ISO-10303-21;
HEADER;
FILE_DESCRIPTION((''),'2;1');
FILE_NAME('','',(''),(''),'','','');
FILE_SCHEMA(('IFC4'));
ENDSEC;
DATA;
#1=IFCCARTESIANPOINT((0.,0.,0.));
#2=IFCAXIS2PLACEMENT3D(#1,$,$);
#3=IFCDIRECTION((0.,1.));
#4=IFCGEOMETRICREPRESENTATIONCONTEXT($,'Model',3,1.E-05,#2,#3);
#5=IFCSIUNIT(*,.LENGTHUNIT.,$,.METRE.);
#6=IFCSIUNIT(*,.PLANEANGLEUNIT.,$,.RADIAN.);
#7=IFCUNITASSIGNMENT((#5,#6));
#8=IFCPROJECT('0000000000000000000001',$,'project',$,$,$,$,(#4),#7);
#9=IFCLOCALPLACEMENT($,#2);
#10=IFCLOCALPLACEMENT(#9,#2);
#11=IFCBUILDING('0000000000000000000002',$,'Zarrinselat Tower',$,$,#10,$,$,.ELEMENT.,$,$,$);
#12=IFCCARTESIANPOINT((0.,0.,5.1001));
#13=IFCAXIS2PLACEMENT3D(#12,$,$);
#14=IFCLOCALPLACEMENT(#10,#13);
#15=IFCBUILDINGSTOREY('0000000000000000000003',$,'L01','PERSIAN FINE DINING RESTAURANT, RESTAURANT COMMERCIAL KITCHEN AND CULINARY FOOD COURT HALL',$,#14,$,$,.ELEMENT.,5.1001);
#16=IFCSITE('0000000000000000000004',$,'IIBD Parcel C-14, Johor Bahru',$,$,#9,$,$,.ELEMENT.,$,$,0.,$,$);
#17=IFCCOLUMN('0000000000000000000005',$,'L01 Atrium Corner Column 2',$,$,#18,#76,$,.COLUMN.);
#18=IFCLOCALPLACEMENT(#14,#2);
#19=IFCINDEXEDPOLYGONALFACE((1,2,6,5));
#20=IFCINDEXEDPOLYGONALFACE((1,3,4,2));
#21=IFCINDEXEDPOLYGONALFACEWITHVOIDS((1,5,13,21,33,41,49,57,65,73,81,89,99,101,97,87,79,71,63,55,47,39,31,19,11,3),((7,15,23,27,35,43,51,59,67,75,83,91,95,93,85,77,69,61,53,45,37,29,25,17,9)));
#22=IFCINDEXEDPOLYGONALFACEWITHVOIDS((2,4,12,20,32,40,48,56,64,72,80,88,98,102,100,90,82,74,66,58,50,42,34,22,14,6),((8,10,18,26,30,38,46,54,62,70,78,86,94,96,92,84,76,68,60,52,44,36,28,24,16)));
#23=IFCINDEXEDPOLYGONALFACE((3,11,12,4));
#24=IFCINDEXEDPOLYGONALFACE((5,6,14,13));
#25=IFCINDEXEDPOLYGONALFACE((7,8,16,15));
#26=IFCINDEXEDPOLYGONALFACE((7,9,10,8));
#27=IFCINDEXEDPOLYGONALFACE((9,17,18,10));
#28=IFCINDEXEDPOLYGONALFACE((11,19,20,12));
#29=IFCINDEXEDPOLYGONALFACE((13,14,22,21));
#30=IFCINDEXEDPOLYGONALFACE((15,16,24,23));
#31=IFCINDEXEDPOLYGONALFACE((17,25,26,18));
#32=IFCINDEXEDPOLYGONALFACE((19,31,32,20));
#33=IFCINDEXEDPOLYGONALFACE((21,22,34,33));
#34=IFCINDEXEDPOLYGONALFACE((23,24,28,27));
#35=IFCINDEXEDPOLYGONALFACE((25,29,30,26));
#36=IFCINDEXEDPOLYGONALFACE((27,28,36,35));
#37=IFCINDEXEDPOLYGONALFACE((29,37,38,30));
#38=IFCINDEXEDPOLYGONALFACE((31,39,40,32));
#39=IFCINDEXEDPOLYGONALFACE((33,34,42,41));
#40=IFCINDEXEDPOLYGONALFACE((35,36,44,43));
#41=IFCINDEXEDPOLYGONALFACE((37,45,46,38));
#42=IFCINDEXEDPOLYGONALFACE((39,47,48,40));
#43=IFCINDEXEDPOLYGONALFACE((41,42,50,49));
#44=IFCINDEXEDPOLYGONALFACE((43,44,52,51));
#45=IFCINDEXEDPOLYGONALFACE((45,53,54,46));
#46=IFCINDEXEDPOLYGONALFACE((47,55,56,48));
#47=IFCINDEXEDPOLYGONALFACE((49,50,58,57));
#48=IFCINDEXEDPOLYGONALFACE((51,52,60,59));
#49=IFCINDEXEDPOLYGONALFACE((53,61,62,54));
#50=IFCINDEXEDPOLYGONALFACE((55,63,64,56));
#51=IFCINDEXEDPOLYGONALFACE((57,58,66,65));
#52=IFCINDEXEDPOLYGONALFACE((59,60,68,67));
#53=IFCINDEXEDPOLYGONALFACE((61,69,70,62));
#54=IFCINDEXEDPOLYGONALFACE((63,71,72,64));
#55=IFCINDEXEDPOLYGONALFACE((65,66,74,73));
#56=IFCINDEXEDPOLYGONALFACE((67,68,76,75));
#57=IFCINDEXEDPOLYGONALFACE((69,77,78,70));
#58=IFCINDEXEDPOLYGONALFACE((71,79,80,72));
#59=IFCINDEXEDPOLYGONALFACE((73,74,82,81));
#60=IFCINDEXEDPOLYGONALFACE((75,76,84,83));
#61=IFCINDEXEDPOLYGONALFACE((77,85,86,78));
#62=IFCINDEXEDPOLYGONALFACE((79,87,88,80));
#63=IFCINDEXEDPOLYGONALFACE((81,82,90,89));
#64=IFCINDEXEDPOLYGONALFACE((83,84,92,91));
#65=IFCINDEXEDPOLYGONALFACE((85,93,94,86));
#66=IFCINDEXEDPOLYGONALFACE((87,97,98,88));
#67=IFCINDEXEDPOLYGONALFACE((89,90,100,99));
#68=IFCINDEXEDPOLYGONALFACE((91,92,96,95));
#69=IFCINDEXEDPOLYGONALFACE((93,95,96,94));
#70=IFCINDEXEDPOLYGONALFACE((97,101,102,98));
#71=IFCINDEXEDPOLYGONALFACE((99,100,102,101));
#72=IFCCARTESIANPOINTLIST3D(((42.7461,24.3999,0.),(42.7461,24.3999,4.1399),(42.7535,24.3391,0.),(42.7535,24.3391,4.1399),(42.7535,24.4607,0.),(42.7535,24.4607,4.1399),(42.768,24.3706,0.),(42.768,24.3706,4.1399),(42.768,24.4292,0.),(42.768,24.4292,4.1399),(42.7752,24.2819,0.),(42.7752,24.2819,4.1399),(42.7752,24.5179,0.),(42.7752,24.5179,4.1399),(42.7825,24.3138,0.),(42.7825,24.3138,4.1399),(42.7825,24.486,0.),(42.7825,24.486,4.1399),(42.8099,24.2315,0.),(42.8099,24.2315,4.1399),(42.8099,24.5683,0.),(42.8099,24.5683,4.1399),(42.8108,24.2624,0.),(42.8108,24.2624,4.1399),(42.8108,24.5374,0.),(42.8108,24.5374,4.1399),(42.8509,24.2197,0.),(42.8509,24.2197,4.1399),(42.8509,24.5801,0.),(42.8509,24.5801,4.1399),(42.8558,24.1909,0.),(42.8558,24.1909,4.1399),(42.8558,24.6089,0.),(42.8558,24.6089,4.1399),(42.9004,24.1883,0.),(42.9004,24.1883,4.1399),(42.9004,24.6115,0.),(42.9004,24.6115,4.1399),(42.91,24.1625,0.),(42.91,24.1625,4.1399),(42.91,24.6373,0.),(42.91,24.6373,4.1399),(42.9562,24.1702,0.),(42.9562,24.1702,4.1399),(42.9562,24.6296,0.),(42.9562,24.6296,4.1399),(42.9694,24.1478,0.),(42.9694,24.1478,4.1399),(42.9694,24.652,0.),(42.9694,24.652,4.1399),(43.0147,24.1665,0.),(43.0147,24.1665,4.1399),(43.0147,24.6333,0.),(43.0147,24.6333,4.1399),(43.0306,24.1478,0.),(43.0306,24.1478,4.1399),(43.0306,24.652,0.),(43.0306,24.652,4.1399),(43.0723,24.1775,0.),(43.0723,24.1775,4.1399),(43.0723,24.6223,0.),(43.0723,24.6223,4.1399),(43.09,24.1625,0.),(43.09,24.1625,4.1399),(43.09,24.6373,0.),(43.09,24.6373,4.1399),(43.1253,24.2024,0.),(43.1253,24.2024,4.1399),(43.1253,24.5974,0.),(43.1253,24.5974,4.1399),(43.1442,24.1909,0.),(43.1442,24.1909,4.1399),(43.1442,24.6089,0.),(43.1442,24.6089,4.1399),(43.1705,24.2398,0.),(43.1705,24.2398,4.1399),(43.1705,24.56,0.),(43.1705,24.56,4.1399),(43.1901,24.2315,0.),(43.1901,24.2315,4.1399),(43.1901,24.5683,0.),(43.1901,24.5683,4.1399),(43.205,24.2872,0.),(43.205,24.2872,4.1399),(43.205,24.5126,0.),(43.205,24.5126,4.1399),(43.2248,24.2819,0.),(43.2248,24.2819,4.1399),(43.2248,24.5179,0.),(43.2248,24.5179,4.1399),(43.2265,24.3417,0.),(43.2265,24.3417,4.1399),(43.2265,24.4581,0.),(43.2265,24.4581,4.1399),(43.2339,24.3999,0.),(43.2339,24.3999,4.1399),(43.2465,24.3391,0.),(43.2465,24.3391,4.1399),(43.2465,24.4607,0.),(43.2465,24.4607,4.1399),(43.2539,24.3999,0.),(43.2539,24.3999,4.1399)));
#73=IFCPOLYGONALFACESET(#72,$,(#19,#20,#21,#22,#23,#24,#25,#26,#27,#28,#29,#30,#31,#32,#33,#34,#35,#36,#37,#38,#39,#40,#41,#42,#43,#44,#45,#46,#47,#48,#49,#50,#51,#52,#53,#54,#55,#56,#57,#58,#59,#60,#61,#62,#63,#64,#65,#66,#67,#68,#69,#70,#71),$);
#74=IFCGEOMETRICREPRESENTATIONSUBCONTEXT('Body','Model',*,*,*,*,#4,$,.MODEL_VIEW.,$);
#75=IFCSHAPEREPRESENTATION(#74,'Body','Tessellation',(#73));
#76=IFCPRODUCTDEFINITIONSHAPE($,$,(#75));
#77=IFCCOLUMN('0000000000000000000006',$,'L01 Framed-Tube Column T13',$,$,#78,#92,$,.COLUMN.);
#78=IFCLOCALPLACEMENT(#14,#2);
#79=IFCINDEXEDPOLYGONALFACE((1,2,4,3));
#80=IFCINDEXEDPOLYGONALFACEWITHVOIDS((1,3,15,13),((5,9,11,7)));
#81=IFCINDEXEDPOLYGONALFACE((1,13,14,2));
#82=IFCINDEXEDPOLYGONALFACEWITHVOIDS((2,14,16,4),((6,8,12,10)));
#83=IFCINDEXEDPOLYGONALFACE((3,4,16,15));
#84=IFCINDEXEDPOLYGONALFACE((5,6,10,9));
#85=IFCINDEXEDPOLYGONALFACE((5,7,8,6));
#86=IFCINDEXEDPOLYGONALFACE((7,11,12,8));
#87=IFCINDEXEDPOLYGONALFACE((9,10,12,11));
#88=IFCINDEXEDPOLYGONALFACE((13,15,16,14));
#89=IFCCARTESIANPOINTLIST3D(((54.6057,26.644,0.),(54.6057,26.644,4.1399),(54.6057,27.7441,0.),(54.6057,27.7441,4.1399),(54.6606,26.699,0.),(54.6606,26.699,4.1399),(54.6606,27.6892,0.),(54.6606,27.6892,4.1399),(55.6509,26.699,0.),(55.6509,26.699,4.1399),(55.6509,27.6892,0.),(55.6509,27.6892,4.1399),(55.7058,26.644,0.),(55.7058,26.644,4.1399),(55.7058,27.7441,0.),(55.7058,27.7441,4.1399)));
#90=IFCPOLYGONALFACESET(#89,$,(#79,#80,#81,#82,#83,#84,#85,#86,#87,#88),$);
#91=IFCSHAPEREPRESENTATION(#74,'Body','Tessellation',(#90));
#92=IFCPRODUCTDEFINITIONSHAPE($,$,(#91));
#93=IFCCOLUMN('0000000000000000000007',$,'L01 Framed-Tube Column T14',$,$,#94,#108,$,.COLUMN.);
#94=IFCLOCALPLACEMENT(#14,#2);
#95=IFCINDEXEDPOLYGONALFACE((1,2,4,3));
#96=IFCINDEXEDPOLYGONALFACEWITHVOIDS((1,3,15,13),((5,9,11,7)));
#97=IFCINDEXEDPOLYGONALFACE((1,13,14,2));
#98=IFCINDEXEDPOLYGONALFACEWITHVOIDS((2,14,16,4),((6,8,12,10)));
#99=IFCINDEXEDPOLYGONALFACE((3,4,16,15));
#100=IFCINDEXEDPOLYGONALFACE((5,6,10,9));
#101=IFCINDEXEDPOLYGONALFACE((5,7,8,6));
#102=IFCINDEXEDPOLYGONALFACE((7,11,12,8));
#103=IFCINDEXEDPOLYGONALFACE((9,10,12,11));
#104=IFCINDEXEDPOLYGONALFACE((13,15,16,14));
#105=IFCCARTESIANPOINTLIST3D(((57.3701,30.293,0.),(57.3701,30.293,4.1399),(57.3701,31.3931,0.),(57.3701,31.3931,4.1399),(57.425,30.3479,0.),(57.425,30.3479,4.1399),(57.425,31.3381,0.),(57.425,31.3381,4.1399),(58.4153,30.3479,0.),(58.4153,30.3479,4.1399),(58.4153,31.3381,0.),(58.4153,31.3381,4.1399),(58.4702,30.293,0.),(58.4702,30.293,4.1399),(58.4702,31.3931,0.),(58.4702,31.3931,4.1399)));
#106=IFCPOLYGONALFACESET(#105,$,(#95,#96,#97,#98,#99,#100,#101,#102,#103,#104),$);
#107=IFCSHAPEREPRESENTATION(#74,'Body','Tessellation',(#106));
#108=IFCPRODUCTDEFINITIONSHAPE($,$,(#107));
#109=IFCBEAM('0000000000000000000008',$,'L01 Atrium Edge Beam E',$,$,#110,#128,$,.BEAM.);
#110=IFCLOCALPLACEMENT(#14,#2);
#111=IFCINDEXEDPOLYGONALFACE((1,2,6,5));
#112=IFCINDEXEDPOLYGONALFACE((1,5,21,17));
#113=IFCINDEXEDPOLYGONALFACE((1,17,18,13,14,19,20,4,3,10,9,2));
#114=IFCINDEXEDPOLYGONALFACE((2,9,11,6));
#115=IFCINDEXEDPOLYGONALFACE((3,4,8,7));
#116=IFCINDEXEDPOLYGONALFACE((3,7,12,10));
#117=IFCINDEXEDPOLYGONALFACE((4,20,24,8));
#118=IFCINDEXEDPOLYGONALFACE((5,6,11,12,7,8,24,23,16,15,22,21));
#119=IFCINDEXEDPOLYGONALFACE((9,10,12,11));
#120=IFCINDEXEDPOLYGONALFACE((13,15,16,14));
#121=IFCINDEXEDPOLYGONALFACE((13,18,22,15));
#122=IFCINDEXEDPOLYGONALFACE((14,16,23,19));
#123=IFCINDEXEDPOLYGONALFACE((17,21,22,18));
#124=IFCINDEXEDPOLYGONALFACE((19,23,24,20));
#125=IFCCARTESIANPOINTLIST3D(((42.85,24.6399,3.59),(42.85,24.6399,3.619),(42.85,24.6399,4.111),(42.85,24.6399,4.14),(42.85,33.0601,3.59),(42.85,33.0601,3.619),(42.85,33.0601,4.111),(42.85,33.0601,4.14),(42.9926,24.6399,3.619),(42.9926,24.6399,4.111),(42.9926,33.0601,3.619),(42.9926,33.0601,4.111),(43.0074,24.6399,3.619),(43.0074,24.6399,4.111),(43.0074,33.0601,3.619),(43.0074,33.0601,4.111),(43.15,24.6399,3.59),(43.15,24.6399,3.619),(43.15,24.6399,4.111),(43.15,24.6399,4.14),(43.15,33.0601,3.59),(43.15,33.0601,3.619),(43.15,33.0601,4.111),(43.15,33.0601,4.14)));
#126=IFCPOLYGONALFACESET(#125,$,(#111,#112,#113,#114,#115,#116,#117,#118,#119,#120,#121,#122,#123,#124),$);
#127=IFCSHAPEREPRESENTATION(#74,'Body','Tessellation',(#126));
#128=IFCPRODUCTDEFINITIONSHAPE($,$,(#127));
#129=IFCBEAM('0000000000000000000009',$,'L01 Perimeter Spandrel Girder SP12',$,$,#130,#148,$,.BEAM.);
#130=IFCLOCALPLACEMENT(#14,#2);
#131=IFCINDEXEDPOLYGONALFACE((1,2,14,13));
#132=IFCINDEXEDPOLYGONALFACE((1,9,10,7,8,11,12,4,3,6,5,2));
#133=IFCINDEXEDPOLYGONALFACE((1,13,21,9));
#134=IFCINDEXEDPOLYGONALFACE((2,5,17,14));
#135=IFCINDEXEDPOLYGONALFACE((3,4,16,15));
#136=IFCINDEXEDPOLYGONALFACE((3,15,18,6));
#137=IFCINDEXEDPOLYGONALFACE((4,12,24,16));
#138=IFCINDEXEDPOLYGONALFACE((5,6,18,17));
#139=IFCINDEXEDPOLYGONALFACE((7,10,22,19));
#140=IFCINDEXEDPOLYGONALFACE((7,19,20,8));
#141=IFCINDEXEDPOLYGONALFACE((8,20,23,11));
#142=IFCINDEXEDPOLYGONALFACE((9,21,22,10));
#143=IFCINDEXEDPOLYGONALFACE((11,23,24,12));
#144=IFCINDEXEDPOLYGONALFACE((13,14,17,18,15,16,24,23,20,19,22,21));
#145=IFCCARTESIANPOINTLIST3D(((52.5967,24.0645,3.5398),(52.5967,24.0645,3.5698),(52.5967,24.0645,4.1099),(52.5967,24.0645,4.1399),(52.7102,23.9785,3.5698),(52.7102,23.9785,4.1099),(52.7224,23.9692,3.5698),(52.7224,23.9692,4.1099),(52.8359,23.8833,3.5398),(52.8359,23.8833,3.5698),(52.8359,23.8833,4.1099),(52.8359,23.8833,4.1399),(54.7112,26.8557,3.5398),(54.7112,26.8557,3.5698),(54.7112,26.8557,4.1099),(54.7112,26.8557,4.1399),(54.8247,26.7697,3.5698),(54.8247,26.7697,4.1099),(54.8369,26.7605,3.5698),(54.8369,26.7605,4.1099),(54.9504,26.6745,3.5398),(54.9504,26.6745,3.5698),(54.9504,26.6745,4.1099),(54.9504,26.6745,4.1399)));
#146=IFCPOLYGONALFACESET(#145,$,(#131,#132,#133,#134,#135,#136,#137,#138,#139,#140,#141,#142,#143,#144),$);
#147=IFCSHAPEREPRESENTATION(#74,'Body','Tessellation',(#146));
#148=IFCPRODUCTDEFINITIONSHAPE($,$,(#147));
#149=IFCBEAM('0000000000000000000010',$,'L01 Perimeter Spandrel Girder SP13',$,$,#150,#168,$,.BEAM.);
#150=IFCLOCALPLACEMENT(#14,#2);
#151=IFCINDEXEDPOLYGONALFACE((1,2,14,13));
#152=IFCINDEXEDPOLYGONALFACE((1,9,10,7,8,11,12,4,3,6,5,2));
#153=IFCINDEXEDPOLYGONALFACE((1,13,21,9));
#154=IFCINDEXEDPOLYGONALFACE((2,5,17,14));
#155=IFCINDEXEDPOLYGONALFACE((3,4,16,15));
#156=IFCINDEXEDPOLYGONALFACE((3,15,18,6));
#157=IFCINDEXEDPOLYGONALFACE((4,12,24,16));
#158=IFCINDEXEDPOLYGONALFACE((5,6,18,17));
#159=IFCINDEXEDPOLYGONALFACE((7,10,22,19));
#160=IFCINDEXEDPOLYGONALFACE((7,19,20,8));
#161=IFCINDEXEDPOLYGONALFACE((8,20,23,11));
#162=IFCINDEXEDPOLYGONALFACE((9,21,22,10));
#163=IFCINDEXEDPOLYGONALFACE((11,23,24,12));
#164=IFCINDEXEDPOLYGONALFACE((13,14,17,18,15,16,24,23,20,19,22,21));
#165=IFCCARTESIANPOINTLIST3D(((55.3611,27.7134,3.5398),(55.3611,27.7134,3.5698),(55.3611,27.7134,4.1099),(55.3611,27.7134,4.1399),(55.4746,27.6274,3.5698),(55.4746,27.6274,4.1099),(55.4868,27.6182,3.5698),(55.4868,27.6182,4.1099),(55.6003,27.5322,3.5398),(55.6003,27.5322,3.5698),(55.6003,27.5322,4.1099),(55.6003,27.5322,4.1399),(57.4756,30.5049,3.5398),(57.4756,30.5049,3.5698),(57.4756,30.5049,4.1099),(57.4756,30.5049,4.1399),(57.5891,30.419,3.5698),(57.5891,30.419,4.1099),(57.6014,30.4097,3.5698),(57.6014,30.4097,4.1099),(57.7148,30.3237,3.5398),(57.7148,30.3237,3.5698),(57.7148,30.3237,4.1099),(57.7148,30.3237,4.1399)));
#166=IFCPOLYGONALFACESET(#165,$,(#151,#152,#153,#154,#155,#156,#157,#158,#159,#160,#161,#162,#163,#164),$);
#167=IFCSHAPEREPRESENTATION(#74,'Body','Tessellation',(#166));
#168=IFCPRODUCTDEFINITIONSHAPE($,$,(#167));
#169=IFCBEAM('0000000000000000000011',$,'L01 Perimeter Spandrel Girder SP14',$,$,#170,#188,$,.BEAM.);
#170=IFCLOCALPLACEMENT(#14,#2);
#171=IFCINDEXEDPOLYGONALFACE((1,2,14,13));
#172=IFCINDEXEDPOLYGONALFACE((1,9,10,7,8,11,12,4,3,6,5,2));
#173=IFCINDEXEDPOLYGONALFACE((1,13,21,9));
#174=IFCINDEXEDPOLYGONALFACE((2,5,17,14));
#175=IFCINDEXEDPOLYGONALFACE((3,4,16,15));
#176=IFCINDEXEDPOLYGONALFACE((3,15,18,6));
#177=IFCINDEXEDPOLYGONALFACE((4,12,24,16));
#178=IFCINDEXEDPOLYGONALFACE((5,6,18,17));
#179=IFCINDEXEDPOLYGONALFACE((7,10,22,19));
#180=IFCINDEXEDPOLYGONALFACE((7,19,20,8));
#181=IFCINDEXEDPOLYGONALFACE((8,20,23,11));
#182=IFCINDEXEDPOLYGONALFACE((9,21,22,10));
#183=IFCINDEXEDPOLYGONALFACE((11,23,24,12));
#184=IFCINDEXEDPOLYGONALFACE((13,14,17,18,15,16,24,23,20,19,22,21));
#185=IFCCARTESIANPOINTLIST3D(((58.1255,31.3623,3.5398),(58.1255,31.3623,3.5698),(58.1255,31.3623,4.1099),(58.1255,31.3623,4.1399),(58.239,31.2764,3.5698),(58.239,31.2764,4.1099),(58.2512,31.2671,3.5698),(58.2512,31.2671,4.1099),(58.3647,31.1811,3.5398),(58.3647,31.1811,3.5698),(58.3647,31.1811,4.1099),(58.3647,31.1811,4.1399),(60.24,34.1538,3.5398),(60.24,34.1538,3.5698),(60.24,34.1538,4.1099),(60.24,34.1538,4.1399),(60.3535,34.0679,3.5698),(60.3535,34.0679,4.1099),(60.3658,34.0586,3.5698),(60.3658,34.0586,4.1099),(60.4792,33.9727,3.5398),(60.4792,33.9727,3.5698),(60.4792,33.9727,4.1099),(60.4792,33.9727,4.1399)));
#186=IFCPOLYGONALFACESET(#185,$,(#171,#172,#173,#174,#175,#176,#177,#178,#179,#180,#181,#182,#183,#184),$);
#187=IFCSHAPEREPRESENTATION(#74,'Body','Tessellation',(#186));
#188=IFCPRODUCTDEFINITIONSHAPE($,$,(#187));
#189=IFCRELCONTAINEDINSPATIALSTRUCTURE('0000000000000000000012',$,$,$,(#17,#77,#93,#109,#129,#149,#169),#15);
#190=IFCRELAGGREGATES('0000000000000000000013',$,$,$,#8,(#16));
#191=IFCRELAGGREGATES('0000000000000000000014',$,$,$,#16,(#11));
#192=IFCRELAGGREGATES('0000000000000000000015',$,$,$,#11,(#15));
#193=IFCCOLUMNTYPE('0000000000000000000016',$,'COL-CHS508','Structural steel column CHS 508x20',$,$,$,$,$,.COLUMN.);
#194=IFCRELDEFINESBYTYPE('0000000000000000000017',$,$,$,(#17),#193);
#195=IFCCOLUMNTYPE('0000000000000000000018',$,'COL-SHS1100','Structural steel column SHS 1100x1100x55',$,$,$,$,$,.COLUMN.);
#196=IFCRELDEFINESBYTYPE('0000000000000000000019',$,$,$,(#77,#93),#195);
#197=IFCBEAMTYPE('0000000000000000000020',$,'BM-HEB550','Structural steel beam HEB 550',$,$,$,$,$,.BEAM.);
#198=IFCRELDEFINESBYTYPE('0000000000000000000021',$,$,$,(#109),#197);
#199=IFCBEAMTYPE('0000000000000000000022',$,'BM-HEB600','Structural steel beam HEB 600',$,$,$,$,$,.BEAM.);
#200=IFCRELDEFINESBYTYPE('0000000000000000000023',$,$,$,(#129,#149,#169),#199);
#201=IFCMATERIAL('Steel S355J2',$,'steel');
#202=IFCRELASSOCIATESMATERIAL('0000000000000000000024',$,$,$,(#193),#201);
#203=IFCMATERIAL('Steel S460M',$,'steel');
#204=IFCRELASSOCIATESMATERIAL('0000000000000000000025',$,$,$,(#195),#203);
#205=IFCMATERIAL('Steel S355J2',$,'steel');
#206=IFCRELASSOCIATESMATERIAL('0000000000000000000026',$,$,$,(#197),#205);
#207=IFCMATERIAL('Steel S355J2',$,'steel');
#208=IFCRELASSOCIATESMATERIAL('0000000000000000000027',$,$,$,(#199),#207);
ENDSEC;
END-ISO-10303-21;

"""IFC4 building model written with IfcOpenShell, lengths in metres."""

from ifc_helpers import new_model, si_unit, direction, frame, origin, origin_2d, place, context, subcontext, project, spatial, hollow_rectangle, hollow_circle, i_section, extrude, material, material_profile, profile_set, type_object, element, save


model = new_model("IFC4")

# Units and contexts
model_context = context("Model", 3, precision=1e-05, world=origin(), true_north=direction((0.0, 1.0)))
body_context = subcontext(model_context, "Body", "Model", "MODEL_VIEW")
ifc_project = project(units=[si_unit("LENGTHUNIT", "METRE"), si_unit("PLANEANGLEUNIT", "RADIAN")], contexts=[model_context])

# Site, building, storey
site_placement = place(None, origin())
site = spatial("IfcSite", under=ifc_project, at=site_placement, Name="IIBD Parcel C-14, Johor Bahru", CompositionType="ELEMENT", RefElevation=0.0)
building_placement = place(site_placement, origin())
building = spatial("IfcBuilding", under=site, at=building_placement, Name="Zarrinselat Tower", CompositionType="ELEMENT")
storey_placement = place(building_placement, frame((0.0, 0.0, 5.1001)))
storey = spatial("IfcBuildingStorey", under=building, at=storey_placement, Name="L01", Description="PERSIAN FINE DINING RESTAURANT, RESTAURANT COMMERCIAL KITCHEN AND CULINARY FOOD COURT HALL", CompositionType="ELEMENT", Elevation=5.1001)

# Columns
ifc_material_1 = material(Name="Steel S355J2", Category="steel")
ifc_material_profile_1 = material_profile(ifc_material_1, hollow_circle(Radius=0.2539, WallThickness=0.02, at=origin_2d()), Name="CHS 508x20")
ifc_profile_set_1 = profile_set([ifc_material_profile_1], Name="Steel S355J2")
column_type_1 = type_object("IfcColumnType", Name="COL-CHS508", Description="Structural steel column CHS 508x20", PredefinedType="COLUMN", material=ifc_profile_set_1)
column_placement = place(storey_placement, frame((43.0, 24.3999, 0.0), z_axis=(0.0, 0.0, 1.0), x_axis=(1.0, 0.0, 0.0)))
element("IfcColumn", 1, at=column_placement, inside=storey, type_object=column_type_1, Name="L01 Atrium Corner Column 2", PredefinedType="COLUMN", context=body_context, shape_type="SweptSolid", body=[
    extrude(hollow_circle(Radius=0.2539, WallThickness=0.02, at=origin_2d()), origin(), (0.0, 0.0, 1.0), 4.1399),
])
ifc_material_2 = material(Name="Steel S460M", Category="steel")
ifc_material_profile_2 = material_profile(ifc_material_2, hollow_rectangle(XDim=1.1001, YDim=1.1001, WallThickness=0.0549, at=origin_2d()), Name="SHS 1100x1100x55")
ifc_profile_set_2 = profile_set([ifc_material_profile_2], Name="Steel S460M")
column_type_2 = type_object("IfcColumnType", Name="COL-SHS1100", Description="Structural steel column SHS 1100x1100x55", PredefinedType="COLUMN", material=ifc_profile_set_2)
for number, where, z_axis, x_axis, name in (
    (2, (55.1558, 27.1941, 0.0), (0.0, 0.0, 1.0), (1.0, 0.0, 0.0), "L01 Framed-Tube Column T13"),
    (3, (57.9202, 30.843, 0.0), (0.0, 0.0, 1.0), (1.0, 0.0, 0.0), "L01 Framed-Tube Column T14"),
):
    element("IfcColumn", number, at=place(storey_placement, frame(where, z_axis=z_axis, x_axis=x_axis)), inside=storey, type_object=column_type_2, Name=name, PredefinedType="COLUMN", context=body_context, shape_type="SweptSolid", body=[
        extrude(hollow_rectangle(XDim=1.1001, YDim=1.1001, WallThickness=0.0549, at=origin_2d()), origin(), (0.0, 0.0, 1.0), 4.1399),
    ])

# Beams
ifc_material_3 = material(Name="Steel S355J2", Category="steel")
ifc_material_profile_3 = material_profile(ifc_material_3, i_section(OverallWidth=0.3, OverallDepth=0.55, WebThickness=0.0149, FlangeThickness=0.0291, at=origin_2d()), Name="HEB 550")
ifc_profile_set_3 = profile_set([ifc_material_profile_3], Name="Steel S355J2")
beam_type_1 = type_object("IfcBeamType", Name="BM-HEB550", Description="Structural steel beam HEB 550", PredefinedType="BEAM", material=ifc_profile_set_3)
beam_1_placement = place(storey_placement, frame((43.0, 24.6399, 3.865), z_axis=(0.0, 1.0, 0.0), x_axis=(-1.0, 0.0, 0.0)))
element("IfcBeam", 4, at=beam_1_placement, inside=storey, type_object=beam_type_1, Name="L01 Atrium Edge Beam E", PredefinedType="BEAM", context=body_context, shape_type="SweptSolid", body=[
    extrude(i_section(OverallWidth=0.3, OverallDepth=0.55, WebThickness=0.0149, FlangeThickness=0.0291, at=origin_2d()), origin(), (0.0, 0.0, 1.0), 8.4202),
])
ifc_material_4 = material(Name="Steel S355J2", Category="steel")
ifc_material_profile_4 = material_profile(ifc_material_4, i_section(OverallWidth=0.3, OverallDepth=0.6001, WebThickness=0.0154, FlangeThickness=0.03, at=origin_2d()), Name="HEB 600")
ifc_profile_set_4 = profile_set([ifc_material_profile_4], Name="Steel S355J2")
beam_type_2 = type_object("IfcBeamType", Name="BM-HEB600", Description="Structural steel beam HEB 600", PredefinedType="BEAM", material=ifc_profile_set_4)
beam_2_placement = place(storey_placement, frame((52.7163, 23.9739, 3.8398), z_axis=(0.603842, 0.797104, 0.0), x_axis=(-0.797104, 0.603842, 0.0)))
element("IfcBeam", 5, at=beam_2_placement, inside=storey, type_object=beam_type_2, Name="L01 Perimeter Spandrel Girder SP12", PredefinedType="BEAM", context=body_context, shape_type="SweptSolid", body=[
    extrude(i_section(OverallWidth=0.3, OverallDepth=0.6001, WebThickness=0.0154, FlangeThickness=0.03, at=origin_2d()), origin(), (0.0, 0.0, 1.0), 3.5017),
])
for number, where, z_axis, x_axis, name in (
    (6, (55.4807, 27.6228, 3.8398), (0.603808, 0.79713, 0.0), (-0.79713, 0.603808, 0.0), "L01 Perimeter Spandrel Girder SP13"),
    (7, (58.2451, 31.2717, 3.8398), (0.603808, 0.79713, 0.0), (-0.79713, 0.603808, 0.0), "L01 Perimeter Spandrel Girder SP14"),
):
    element("IfcBeam", number, at=place(storey_placement, frame(where, z_axis=z_axis, x_axis=x_axis)), inside=storey, type_object=beam_type_2, Name=name, PredefinedType="BEAM", context=body_context, shape_type="SweptSolid", body=[
        extrude(i_section(OverallWidth=0.3, OverallDepth=0.6001, WebThickness=0.0154, FlangeThickness=0.03, at=origin_2d()), origin(), (0.0, 0.0, 1.0), 3.502),
    ])

save(model, "model.ifc")
